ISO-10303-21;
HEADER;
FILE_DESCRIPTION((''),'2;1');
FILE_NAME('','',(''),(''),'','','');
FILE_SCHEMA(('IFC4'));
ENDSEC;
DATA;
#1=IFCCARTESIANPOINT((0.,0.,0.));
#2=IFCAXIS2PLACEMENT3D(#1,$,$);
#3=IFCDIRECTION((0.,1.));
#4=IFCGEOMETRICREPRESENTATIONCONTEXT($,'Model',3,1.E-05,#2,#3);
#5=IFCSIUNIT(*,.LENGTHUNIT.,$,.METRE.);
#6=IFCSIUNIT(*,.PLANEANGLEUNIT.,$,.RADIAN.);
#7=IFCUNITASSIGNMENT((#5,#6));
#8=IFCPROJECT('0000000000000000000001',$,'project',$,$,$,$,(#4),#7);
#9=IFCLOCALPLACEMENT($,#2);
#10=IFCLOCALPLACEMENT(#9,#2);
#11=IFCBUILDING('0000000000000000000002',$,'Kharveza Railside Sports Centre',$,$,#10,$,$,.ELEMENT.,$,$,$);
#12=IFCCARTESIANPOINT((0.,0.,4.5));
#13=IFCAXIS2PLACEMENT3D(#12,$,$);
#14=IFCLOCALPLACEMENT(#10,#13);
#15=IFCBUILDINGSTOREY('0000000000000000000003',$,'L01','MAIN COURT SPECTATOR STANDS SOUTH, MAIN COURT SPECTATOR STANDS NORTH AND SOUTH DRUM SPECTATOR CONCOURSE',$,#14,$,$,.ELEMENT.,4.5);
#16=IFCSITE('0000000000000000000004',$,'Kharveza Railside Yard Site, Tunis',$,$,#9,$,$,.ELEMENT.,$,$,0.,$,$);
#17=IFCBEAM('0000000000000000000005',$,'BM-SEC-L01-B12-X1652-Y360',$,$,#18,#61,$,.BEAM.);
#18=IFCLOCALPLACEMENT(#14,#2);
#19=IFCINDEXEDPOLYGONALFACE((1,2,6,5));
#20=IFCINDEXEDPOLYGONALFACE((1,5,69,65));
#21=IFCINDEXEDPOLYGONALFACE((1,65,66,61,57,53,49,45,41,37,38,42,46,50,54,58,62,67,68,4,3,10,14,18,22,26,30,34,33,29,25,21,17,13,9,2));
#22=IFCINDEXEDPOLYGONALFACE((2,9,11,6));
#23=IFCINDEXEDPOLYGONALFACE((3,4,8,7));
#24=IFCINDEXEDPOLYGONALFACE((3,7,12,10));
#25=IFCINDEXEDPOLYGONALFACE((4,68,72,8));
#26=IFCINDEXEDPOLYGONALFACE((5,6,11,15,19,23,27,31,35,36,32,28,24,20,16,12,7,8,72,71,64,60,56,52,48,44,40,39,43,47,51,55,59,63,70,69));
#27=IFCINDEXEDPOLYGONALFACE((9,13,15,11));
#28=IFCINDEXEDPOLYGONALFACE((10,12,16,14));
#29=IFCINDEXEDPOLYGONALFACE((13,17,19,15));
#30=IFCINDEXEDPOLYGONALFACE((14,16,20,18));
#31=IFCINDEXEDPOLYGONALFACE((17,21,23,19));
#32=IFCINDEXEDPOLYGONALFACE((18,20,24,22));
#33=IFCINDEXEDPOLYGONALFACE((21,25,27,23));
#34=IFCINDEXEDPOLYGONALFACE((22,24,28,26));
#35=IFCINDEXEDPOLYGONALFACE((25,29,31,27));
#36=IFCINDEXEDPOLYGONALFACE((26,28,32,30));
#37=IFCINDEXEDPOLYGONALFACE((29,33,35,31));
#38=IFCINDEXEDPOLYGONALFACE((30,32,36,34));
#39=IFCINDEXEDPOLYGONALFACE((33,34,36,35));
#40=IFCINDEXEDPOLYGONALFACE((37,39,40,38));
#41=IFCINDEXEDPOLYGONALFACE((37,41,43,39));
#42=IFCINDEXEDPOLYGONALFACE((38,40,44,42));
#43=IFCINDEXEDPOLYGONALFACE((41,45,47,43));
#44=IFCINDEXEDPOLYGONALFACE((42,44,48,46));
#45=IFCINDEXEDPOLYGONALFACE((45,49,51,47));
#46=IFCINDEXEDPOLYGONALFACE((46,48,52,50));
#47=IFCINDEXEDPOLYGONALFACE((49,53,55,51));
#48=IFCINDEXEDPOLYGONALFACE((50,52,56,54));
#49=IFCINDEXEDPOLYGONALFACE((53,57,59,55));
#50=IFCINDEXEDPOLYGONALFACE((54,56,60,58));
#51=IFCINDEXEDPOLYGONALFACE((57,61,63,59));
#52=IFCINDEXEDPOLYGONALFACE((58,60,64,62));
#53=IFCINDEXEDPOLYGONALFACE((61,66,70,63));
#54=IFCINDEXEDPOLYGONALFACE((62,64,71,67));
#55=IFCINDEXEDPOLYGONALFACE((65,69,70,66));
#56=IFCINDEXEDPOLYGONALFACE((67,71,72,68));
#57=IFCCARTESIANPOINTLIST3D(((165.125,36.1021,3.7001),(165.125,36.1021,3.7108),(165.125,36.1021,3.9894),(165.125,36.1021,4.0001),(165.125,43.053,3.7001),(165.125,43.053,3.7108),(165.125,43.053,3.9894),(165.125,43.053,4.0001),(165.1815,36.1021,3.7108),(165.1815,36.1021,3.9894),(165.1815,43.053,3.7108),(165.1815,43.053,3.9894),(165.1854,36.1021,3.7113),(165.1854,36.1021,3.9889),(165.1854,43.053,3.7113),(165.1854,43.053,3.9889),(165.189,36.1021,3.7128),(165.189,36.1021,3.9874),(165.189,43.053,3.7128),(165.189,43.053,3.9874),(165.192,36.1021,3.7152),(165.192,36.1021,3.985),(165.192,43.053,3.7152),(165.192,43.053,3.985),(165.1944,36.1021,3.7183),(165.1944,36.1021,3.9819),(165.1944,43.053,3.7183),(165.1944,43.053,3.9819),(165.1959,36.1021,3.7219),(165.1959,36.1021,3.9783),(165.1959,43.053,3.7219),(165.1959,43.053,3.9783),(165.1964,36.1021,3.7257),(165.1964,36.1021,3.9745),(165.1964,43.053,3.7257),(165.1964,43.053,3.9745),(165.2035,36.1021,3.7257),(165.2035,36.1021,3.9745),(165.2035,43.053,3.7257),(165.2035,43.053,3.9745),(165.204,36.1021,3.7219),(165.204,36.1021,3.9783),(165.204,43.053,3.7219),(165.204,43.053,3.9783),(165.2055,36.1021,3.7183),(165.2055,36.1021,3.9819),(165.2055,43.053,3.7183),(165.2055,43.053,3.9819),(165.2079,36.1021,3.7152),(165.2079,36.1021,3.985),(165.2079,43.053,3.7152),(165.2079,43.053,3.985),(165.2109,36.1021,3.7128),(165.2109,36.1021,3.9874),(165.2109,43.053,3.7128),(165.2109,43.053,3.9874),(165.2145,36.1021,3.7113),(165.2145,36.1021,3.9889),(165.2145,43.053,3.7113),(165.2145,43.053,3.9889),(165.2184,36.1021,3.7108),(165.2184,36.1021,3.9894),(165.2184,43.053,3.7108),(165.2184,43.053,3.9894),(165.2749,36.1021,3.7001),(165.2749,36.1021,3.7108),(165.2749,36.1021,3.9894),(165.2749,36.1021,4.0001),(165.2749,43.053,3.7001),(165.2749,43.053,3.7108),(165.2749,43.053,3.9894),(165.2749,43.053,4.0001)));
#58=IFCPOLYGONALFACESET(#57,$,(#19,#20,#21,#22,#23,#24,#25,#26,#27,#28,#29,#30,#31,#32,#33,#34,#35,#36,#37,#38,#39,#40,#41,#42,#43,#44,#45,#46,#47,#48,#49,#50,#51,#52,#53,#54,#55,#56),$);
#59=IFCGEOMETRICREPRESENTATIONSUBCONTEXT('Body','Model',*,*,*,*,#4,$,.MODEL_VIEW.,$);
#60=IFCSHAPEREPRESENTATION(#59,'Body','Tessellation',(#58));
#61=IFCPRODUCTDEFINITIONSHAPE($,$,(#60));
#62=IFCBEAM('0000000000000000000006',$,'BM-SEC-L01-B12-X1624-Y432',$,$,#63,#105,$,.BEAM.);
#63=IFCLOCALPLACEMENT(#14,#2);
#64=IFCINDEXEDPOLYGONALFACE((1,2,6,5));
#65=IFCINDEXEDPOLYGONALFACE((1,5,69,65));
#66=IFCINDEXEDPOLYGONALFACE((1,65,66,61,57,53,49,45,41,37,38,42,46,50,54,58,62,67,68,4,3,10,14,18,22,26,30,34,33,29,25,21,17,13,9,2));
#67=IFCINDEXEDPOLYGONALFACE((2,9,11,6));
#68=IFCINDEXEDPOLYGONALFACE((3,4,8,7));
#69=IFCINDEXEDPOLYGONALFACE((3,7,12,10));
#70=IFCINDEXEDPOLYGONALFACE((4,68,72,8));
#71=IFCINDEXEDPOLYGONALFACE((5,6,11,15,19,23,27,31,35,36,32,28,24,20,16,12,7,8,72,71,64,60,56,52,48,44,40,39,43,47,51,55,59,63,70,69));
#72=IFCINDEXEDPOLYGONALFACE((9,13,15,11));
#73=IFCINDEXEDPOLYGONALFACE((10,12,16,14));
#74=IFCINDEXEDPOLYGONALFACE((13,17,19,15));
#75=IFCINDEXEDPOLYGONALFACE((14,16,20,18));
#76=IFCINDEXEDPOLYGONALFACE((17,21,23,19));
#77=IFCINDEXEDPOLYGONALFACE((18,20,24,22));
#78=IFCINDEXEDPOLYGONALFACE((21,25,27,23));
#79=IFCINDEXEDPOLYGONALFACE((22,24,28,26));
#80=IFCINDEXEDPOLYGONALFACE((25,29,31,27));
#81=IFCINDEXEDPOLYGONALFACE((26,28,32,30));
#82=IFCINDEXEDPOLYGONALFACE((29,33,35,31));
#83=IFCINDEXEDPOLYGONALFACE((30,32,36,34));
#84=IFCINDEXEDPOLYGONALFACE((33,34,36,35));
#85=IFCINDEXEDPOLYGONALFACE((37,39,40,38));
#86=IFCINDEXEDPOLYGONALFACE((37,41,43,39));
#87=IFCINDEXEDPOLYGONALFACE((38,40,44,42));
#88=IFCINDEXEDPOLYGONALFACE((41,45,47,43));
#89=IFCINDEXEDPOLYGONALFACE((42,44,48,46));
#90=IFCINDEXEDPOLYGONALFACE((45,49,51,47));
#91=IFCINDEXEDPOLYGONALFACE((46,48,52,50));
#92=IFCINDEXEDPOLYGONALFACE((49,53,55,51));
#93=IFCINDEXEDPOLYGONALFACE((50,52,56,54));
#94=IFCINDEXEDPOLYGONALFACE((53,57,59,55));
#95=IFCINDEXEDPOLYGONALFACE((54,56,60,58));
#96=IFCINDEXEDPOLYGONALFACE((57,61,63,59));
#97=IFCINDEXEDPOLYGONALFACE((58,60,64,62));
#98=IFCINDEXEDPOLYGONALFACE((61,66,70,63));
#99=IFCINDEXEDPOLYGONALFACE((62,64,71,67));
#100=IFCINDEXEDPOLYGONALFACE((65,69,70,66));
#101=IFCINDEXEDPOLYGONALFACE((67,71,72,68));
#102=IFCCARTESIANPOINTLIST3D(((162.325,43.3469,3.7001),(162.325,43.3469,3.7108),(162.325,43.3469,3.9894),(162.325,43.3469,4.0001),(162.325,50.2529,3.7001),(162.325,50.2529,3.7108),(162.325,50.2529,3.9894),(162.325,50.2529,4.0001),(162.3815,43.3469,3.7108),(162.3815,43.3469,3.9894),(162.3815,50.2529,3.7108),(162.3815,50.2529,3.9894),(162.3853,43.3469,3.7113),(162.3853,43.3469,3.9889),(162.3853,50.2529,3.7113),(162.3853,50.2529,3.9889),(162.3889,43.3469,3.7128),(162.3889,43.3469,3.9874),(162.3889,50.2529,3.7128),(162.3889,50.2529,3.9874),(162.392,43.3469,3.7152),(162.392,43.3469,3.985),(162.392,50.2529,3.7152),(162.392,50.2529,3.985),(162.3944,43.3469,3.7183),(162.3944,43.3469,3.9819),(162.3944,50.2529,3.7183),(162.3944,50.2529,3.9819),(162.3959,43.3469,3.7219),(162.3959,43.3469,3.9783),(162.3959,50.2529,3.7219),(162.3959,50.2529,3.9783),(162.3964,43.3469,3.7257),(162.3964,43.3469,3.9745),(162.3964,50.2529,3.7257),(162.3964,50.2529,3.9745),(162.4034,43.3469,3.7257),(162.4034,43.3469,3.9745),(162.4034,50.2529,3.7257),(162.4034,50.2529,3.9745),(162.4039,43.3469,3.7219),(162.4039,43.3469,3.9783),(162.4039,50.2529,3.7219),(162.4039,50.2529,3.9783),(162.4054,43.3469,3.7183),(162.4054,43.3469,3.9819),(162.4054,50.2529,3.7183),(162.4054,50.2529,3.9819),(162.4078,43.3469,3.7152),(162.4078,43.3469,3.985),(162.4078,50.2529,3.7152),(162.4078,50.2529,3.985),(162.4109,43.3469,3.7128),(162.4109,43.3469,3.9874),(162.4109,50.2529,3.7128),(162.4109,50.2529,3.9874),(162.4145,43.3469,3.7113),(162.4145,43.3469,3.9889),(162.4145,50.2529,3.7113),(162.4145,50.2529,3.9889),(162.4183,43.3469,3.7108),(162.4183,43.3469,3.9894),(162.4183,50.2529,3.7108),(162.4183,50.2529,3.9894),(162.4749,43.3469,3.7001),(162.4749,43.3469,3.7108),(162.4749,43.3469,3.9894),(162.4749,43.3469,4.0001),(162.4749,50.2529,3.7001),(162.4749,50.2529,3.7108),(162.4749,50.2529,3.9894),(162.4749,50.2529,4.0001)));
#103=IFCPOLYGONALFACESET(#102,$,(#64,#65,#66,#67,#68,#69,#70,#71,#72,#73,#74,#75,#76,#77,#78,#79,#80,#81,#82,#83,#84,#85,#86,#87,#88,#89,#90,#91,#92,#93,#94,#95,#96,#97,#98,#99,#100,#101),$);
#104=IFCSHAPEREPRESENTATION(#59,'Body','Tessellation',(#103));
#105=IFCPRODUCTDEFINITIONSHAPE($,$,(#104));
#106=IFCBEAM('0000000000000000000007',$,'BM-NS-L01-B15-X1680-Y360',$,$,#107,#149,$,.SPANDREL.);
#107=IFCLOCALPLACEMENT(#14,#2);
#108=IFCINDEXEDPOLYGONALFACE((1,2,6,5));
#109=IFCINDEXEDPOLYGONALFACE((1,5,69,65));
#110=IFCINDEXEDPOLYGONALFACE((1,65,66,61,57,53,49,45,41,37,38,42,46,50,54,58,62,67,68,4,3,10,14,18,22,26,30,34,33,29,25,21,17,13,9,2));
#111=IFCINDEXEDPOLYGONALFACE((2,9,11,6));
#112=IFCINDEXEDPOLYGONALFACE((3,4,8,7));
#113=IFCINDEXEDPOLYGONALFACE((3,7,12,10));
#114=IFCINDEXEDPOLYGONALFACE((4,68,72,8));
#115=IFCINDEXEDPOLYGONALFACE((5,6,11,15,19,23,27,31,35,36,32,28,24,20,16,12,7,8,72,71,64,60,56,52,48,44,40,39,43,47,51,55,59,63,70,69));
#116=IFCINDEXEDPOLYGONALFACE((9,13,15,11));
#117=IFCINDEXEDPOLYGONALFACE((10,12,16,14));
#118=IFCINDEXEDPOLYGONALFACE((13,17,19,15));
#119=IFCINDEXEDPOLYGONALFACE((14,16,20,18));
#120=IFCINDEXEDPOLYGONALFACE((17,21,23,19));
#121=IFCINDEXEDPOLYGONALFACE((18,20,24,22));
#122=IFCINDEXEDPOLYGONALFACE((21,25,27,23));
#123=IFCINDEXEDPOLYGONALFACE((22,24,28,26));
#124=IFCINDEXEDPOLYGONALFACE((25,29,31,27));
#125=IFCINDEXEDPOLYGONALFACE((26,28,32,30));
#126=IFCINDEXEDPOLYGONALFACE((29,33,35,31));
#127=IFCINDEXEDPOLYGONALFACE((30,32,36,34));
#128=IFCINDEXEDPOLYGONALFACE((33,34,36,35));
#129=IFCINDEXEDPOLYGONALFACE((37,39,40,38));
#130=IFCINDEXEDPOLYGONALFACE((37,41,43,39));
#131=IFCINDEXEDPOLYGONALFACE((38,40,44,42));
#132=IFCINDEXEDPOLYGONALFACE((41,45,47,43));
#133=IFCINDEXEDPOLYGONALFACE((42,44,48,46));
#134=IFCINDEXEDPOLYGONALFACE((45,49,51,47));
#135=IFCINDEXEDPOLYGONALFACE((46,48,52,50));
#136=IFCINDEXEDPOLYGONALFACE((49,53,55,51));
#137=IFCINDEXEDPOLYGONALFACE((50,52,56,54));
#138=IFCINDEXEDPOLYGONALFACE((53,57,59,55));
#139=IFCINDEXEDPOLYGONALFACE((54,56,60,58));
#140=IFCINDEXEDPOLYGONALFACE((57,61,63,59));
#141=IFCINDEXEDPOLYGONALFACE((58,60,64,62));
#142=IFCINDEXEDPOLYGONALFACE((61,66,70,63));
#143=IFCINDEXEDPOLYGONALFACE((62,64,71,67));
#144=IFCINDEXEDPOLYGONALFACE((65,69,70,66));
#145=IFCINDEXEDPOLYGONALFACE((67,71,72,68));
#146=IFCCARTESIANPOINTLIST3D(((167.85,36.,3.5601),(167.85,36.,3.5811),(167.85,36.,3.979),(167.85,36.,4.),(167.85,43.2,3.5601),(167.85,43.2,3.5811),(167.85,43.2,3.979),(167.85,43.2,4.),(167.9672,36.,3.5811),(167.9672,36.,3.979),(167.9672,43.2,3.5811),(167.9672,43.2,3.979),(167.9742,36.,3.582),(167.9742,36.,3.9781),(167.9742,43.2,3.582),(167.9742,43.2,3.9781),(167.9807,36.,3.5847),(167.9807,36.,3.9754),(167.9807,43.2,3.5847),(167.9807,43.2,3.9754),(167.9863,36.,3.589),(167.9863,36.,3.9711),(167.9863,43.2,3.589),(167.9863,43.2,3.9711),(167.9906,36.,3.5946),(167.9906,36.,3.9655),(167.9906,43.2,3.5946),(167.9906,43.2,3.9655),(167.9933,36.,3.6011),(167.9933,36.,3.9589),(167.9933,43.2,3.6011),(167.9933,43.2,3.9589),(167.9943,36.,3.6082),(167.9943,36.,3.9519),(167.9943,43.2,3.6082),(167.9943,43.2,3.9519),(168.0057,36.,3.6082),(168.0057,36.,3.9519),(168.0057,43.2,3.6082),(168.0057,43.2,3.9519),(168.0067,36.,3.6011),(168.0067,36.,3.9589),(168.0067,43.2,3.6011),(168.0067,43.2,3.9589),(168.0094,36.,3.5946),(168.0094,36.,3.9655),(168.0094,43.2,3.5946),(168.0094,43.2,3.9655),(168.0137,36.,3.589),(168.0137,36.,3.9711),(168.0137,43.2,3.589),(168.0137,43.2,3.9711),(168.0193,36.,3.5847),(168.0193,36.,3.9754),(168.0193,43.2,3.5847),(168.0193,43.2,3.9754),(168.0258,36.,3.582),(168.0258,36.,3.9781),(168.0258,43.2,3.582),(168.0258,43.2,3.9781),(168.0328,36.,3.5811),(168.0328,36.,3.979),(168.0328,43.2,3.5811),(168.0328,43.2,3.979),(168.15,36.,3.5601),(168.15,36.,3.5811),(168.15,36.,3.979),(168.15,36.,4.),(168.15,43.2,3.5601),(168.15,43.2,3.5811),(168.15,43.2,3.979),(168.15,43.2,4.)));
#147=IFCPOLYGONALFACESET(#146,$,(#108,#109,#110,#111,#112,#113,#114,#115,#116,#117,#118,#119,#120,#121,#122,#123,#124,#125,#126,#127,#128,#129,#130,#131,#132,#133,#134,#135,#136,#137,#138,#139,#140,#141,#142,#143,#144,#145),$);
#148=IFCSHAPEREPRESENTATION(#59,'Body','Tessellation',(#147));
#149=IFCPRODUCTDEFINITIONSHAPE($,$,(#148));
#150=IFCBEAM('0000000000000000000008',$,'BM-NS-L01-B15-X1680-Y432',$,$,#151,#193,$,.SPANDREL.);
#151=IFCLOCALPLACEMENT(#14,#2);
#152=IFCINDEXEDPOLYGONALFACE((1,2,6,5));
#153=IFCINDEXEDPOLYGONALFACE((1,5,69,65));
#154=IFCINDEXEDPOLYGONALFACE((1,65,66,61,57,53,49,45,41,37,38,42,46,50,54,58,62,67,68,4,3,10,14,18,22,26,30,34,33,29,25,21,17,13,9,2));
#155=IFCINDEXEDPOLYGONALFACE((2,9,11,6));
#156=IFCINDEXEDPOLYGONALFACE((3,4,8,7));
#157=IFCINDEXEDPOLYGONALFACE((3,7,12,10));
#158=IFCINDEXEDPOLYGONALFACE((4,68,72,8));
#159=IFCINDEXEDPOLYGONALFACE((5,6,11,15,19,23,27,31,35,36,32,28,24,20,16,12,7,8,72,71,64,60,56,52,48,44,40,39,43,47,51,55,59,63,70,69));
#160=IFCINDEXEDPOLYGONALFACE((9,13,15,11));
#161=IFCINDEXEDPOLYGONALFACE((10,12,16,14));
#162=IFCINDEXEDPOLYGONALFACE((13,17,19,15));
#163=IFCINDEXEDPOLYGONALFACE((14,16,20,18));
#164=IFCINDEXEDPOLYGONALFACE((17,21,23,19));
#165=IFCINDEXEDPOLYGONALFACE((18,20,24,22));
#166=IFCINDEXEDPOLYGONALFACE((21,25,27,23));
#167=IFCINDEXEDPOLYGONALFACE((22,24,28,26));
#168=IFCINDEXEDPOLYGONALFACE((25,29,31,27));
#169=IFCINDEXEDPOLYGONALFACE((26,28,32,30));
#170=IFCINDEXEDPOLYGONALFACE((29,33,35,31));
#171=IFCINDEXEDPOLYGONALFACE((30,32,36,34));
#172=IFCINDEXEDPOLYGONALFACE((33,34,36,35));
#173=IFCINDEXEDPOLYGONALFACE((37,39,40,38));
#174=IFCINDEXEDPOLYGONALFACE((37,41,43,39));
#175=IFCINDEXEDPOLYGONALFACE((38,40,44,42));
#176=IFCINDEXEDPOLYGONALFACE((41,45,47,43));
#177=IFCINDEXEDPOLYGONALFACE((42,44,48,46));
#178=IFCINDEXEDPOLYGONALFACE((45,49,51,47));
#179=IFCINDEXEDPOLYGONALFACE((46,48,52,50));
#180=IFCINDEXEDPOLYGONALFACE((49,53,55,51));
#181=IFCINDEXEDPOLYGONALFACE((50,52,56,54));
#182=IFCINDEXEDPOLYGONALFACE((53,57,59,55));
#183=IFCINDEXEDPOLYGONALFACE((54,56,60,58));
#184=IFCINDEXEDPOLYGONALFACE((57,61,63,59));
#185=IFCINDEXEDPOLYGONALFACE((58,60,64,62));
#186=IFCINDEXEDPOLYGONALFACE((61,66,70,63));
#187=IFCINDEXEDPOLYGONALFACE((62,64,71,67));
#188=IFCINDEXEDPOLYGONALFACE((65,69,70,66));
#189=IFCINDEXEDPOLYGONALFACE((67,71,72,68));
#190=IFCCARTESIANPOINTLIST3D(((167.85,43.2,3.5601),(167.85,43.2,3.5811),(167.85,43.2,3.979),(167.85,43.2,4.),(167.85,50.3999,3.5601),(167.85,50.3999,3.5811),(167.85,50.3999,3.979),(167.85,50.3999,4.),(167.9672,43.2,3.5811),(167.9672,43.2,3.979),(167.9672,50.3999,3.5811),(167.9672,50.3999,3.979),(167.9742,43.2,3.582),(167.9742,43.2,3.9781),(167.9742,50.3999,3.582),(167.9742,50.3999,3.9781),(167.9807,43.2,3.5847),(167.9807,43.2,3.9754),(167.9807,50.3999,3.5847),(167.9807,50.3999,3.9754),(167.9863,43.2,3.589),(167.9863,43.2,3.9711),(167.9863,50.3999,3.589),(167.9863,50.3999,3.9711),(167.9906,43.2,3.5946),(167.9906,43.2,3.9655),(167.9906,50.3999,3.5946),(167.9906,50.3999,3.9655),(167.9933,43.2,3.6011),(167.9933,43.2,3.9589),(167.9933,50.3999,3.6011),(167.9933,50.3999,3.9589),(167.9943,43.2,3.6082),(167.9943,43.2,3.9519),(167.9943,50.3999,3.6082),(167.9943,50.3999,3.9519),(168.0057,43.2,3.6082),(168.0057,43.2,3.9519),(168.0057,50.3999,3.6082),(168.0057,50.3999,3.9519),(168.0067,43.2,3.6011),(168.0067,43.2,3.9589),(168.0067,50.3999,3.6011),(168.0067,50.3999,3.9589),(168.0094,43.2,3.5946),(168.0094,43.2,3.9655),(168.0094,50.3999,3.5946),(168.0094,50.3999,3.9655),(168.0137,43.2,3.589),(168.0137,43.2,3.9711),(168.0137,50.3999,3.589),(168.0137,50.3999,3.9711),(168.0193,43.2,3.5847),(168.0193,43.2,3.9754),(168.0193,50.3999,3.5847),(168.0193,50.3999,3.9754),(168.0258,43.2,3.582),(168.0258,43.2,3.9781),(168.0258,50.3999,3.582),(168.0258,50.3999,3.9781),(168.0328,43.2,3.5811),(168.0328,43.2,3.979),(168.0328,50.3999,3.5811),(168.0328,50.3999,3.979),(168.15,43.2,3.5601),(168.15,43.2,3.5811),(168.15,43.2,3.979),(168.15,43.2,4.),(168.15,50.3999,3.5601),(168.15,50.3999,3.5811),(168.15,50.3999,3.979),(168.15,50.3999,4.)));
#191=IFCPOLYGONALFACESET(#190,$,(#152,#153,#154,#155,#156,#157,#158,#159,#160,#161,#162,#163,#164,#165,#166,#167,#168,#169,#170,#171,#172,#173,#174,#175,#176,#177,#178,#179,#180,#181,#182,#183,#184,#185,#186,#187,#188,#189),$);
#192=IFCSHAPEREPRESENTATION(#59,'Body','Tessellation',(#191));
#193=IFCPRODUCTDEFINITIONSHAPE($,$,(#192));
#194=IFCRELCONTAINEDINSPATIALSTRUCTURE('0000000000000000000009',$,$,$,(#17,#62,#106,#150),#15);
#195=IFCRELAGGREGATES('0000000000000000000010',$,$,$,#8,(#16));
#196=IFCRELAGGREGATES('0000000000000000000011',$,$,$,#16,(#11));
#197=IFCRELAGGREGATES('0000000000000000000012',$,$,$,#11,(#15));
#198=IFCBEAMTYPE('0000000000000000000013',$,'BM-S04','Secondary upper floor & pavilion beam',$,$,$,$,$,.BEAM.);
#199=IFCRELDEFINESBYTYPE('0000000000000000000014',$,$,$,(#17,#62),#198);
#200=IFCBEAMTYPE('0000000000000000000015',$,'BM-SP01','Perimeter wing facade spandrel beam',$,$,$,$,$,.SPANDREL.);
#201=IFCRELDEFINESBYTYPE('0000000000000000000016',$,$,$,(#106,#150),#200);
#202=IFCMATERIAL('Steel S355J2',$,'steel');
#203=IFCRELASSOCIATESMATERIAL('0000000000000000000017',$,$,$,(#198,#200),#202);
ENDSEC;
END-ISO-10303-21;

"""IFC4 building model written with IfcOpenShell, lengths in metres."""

from ifc_helpers import new_model, si_unit, direction, frame, origin, origin_2d, place, context, subcontext, project, spatial, i_section, extrude, material, material_profile, profile_set, type_object, element, save


model = new_model("IFC4")

# Units and contexts
model_context = context("Model", 3, precision=1e-05, world=origin(), true_north=direction((0.0, 1.0)))
body_context = subcontext(model_context, "Body", "Model", "MODEL_VIEW")
ifc_project = project(units=[si_unit("LENGTHUNIT", "METRE"), si_unit("PLANEANGLEUNIT", "RADIAN")], contexts=[model_context])

# Site, building, storey
site_placement = place(None, origin())
site = spatial("IfcSite", under=ifc_project, at=site_placement, Name="Kharveza Railside Yard Site, Tunis", CompositionType="ELEMENT", RefElevation=0.0)
building_placement = place(site_placement, origin())
building = spatial("IfcBuilding", under=site, at=building_placement, Name="Kharveza Railside Sports Centre", CompositionType="ELEMENT")
storey_placement = place(building_placement, frame((0.0, 0.0, 4.5)))
storey = spatial("IfcBuildingStorey", under=building, at=storey_placement, Name="L01", Description="MAIN COURT SPECTATOR STANDS SOUTH, MAIN COURT SPECTATOR STANDS NORTH AND SOUTH DRUM SPECTATOR CONCOURSE", CompositionType="ELEMENT", Elevation=4.5)

# Shared definitions
ifc_material_1 = material(Name="Steel S355J2", Category="steel")

# Beams
ifc_material_profile_1 = material_profile(ifc_material_1, i_section(OverallWidth=0.1499, OverallDepth=0.3, WebThickness=0.0071, FlangeThickness=0.0107, FilletRadius=0.0149, at=origin_2d()), Name="IPE 300")
ifc_profile_set_1 = profile_set([ifc_material_profile_1], Name="Steel S355J2")
beam_type_1 = type_object("IfcBeamType", Name="BM-S04", Description="Secondary upper floor & pavilion beam", PredefinedType="BEAM", material=ifc_profile_set_1)
beam_1_placement = place(storey_placement, frame((165.2, 36.1021, 3.8501), z_axis=(0.0, 1.0, 0.0), x_axis=(-1.0, 0.0, 0.0)))
element("IfcBeam", 1, at=beam_1_placement, inside=storey, type_object=beam_type_1, Name="BM-SEC-L01-B12-X1652-Y360", PredefinedType="BEAM", context=body_context, shape_type="SweptSolid", body=[
    extrude(i_section(OverallWidth=0.1499, OverallDepth=0.3, WebThickness=0.0071, FlangeThickness=0.0107, FilletRadius=0.0149, at=origin_2d()), origin(), (0.0, 0.0, 1.0), 6.9509),
])
beam_2_placement = place(storey_placement, frame((162.3999, 43.3469, 3.8501), z_axis=(0.0, 1.0, 0.0), x_axis=(-1.0, 0.0, 0.0)))
element("IfcBeam", 2, at=beam_2_placement, inside=storey, type_object=beam_type_1, Name="BM-SEC-L01-B12-X1624-Y432", PredefinedType="BEAM", context=body_context, shape_type="SweptSolid", body=[
    extrude(i_section(OverallWidth=0.1499, OverallDepth=0.3, WebThickness=0.0071, FlangeThickness=0.0107, FilletRadius=0.0149, at=origin_2d()), origin(), (0.0, 0.0, 1.0), 6.906),
])
ifc_material_profile_2 = material_profile(ifc_material_1, i_section(OverallWidth=0.3, OverallDepth=0.4399, WebThickness=0.0115, FlangeThickness=0.021, FilletRadius=0.0271, at=origin_2d()), Name="HEA 450")
ifc_profile_set_2 = profile_set([ifc_material_profile_2], Name="Steel S355J2")
beam_type_2 = type_object("IfcBeamType", Name="BM-SP01", Description="Perimeter wing facade spandrel beam", PredefinedType="SPANDREL", material=ifc_profile_set_2)
for number, where, z_axis, x_axis, name in (
    (3, (168.0, 36.0, 3.78), (0.0, 1.0, 0.0), (-1.0, 0.0, 0.0), "BM-NS-L01-B15-X1680-Y360"),
    (4, (168.0, 43.2, 3.78), (0.0, 1.0, 0.0), (-1.0, 0.0, 0.0), "BM-NS-L01-B15-X1680-Y432"),
):
    element("IfcBeam", number, at=place(storey_placement, frame(where, z_axis=z_axis, x_axis=x_axis)), inside=storey, type_object=beam_type_2, Name=name, PredefinedType="SPANDREL", context=body_context, shape_type="SweptSolid", body=[
        extrude(i_section(OverallWidth=0.3, OverallDepth=0.4399, WebThickness=0.0115, FlangeThickness=0.021, FilletRadius=0.0271, at=origin_2d()), origin(), (0.0, 0.0, 1.0), 7.2),
    ])

save(model, "model.ifc")
